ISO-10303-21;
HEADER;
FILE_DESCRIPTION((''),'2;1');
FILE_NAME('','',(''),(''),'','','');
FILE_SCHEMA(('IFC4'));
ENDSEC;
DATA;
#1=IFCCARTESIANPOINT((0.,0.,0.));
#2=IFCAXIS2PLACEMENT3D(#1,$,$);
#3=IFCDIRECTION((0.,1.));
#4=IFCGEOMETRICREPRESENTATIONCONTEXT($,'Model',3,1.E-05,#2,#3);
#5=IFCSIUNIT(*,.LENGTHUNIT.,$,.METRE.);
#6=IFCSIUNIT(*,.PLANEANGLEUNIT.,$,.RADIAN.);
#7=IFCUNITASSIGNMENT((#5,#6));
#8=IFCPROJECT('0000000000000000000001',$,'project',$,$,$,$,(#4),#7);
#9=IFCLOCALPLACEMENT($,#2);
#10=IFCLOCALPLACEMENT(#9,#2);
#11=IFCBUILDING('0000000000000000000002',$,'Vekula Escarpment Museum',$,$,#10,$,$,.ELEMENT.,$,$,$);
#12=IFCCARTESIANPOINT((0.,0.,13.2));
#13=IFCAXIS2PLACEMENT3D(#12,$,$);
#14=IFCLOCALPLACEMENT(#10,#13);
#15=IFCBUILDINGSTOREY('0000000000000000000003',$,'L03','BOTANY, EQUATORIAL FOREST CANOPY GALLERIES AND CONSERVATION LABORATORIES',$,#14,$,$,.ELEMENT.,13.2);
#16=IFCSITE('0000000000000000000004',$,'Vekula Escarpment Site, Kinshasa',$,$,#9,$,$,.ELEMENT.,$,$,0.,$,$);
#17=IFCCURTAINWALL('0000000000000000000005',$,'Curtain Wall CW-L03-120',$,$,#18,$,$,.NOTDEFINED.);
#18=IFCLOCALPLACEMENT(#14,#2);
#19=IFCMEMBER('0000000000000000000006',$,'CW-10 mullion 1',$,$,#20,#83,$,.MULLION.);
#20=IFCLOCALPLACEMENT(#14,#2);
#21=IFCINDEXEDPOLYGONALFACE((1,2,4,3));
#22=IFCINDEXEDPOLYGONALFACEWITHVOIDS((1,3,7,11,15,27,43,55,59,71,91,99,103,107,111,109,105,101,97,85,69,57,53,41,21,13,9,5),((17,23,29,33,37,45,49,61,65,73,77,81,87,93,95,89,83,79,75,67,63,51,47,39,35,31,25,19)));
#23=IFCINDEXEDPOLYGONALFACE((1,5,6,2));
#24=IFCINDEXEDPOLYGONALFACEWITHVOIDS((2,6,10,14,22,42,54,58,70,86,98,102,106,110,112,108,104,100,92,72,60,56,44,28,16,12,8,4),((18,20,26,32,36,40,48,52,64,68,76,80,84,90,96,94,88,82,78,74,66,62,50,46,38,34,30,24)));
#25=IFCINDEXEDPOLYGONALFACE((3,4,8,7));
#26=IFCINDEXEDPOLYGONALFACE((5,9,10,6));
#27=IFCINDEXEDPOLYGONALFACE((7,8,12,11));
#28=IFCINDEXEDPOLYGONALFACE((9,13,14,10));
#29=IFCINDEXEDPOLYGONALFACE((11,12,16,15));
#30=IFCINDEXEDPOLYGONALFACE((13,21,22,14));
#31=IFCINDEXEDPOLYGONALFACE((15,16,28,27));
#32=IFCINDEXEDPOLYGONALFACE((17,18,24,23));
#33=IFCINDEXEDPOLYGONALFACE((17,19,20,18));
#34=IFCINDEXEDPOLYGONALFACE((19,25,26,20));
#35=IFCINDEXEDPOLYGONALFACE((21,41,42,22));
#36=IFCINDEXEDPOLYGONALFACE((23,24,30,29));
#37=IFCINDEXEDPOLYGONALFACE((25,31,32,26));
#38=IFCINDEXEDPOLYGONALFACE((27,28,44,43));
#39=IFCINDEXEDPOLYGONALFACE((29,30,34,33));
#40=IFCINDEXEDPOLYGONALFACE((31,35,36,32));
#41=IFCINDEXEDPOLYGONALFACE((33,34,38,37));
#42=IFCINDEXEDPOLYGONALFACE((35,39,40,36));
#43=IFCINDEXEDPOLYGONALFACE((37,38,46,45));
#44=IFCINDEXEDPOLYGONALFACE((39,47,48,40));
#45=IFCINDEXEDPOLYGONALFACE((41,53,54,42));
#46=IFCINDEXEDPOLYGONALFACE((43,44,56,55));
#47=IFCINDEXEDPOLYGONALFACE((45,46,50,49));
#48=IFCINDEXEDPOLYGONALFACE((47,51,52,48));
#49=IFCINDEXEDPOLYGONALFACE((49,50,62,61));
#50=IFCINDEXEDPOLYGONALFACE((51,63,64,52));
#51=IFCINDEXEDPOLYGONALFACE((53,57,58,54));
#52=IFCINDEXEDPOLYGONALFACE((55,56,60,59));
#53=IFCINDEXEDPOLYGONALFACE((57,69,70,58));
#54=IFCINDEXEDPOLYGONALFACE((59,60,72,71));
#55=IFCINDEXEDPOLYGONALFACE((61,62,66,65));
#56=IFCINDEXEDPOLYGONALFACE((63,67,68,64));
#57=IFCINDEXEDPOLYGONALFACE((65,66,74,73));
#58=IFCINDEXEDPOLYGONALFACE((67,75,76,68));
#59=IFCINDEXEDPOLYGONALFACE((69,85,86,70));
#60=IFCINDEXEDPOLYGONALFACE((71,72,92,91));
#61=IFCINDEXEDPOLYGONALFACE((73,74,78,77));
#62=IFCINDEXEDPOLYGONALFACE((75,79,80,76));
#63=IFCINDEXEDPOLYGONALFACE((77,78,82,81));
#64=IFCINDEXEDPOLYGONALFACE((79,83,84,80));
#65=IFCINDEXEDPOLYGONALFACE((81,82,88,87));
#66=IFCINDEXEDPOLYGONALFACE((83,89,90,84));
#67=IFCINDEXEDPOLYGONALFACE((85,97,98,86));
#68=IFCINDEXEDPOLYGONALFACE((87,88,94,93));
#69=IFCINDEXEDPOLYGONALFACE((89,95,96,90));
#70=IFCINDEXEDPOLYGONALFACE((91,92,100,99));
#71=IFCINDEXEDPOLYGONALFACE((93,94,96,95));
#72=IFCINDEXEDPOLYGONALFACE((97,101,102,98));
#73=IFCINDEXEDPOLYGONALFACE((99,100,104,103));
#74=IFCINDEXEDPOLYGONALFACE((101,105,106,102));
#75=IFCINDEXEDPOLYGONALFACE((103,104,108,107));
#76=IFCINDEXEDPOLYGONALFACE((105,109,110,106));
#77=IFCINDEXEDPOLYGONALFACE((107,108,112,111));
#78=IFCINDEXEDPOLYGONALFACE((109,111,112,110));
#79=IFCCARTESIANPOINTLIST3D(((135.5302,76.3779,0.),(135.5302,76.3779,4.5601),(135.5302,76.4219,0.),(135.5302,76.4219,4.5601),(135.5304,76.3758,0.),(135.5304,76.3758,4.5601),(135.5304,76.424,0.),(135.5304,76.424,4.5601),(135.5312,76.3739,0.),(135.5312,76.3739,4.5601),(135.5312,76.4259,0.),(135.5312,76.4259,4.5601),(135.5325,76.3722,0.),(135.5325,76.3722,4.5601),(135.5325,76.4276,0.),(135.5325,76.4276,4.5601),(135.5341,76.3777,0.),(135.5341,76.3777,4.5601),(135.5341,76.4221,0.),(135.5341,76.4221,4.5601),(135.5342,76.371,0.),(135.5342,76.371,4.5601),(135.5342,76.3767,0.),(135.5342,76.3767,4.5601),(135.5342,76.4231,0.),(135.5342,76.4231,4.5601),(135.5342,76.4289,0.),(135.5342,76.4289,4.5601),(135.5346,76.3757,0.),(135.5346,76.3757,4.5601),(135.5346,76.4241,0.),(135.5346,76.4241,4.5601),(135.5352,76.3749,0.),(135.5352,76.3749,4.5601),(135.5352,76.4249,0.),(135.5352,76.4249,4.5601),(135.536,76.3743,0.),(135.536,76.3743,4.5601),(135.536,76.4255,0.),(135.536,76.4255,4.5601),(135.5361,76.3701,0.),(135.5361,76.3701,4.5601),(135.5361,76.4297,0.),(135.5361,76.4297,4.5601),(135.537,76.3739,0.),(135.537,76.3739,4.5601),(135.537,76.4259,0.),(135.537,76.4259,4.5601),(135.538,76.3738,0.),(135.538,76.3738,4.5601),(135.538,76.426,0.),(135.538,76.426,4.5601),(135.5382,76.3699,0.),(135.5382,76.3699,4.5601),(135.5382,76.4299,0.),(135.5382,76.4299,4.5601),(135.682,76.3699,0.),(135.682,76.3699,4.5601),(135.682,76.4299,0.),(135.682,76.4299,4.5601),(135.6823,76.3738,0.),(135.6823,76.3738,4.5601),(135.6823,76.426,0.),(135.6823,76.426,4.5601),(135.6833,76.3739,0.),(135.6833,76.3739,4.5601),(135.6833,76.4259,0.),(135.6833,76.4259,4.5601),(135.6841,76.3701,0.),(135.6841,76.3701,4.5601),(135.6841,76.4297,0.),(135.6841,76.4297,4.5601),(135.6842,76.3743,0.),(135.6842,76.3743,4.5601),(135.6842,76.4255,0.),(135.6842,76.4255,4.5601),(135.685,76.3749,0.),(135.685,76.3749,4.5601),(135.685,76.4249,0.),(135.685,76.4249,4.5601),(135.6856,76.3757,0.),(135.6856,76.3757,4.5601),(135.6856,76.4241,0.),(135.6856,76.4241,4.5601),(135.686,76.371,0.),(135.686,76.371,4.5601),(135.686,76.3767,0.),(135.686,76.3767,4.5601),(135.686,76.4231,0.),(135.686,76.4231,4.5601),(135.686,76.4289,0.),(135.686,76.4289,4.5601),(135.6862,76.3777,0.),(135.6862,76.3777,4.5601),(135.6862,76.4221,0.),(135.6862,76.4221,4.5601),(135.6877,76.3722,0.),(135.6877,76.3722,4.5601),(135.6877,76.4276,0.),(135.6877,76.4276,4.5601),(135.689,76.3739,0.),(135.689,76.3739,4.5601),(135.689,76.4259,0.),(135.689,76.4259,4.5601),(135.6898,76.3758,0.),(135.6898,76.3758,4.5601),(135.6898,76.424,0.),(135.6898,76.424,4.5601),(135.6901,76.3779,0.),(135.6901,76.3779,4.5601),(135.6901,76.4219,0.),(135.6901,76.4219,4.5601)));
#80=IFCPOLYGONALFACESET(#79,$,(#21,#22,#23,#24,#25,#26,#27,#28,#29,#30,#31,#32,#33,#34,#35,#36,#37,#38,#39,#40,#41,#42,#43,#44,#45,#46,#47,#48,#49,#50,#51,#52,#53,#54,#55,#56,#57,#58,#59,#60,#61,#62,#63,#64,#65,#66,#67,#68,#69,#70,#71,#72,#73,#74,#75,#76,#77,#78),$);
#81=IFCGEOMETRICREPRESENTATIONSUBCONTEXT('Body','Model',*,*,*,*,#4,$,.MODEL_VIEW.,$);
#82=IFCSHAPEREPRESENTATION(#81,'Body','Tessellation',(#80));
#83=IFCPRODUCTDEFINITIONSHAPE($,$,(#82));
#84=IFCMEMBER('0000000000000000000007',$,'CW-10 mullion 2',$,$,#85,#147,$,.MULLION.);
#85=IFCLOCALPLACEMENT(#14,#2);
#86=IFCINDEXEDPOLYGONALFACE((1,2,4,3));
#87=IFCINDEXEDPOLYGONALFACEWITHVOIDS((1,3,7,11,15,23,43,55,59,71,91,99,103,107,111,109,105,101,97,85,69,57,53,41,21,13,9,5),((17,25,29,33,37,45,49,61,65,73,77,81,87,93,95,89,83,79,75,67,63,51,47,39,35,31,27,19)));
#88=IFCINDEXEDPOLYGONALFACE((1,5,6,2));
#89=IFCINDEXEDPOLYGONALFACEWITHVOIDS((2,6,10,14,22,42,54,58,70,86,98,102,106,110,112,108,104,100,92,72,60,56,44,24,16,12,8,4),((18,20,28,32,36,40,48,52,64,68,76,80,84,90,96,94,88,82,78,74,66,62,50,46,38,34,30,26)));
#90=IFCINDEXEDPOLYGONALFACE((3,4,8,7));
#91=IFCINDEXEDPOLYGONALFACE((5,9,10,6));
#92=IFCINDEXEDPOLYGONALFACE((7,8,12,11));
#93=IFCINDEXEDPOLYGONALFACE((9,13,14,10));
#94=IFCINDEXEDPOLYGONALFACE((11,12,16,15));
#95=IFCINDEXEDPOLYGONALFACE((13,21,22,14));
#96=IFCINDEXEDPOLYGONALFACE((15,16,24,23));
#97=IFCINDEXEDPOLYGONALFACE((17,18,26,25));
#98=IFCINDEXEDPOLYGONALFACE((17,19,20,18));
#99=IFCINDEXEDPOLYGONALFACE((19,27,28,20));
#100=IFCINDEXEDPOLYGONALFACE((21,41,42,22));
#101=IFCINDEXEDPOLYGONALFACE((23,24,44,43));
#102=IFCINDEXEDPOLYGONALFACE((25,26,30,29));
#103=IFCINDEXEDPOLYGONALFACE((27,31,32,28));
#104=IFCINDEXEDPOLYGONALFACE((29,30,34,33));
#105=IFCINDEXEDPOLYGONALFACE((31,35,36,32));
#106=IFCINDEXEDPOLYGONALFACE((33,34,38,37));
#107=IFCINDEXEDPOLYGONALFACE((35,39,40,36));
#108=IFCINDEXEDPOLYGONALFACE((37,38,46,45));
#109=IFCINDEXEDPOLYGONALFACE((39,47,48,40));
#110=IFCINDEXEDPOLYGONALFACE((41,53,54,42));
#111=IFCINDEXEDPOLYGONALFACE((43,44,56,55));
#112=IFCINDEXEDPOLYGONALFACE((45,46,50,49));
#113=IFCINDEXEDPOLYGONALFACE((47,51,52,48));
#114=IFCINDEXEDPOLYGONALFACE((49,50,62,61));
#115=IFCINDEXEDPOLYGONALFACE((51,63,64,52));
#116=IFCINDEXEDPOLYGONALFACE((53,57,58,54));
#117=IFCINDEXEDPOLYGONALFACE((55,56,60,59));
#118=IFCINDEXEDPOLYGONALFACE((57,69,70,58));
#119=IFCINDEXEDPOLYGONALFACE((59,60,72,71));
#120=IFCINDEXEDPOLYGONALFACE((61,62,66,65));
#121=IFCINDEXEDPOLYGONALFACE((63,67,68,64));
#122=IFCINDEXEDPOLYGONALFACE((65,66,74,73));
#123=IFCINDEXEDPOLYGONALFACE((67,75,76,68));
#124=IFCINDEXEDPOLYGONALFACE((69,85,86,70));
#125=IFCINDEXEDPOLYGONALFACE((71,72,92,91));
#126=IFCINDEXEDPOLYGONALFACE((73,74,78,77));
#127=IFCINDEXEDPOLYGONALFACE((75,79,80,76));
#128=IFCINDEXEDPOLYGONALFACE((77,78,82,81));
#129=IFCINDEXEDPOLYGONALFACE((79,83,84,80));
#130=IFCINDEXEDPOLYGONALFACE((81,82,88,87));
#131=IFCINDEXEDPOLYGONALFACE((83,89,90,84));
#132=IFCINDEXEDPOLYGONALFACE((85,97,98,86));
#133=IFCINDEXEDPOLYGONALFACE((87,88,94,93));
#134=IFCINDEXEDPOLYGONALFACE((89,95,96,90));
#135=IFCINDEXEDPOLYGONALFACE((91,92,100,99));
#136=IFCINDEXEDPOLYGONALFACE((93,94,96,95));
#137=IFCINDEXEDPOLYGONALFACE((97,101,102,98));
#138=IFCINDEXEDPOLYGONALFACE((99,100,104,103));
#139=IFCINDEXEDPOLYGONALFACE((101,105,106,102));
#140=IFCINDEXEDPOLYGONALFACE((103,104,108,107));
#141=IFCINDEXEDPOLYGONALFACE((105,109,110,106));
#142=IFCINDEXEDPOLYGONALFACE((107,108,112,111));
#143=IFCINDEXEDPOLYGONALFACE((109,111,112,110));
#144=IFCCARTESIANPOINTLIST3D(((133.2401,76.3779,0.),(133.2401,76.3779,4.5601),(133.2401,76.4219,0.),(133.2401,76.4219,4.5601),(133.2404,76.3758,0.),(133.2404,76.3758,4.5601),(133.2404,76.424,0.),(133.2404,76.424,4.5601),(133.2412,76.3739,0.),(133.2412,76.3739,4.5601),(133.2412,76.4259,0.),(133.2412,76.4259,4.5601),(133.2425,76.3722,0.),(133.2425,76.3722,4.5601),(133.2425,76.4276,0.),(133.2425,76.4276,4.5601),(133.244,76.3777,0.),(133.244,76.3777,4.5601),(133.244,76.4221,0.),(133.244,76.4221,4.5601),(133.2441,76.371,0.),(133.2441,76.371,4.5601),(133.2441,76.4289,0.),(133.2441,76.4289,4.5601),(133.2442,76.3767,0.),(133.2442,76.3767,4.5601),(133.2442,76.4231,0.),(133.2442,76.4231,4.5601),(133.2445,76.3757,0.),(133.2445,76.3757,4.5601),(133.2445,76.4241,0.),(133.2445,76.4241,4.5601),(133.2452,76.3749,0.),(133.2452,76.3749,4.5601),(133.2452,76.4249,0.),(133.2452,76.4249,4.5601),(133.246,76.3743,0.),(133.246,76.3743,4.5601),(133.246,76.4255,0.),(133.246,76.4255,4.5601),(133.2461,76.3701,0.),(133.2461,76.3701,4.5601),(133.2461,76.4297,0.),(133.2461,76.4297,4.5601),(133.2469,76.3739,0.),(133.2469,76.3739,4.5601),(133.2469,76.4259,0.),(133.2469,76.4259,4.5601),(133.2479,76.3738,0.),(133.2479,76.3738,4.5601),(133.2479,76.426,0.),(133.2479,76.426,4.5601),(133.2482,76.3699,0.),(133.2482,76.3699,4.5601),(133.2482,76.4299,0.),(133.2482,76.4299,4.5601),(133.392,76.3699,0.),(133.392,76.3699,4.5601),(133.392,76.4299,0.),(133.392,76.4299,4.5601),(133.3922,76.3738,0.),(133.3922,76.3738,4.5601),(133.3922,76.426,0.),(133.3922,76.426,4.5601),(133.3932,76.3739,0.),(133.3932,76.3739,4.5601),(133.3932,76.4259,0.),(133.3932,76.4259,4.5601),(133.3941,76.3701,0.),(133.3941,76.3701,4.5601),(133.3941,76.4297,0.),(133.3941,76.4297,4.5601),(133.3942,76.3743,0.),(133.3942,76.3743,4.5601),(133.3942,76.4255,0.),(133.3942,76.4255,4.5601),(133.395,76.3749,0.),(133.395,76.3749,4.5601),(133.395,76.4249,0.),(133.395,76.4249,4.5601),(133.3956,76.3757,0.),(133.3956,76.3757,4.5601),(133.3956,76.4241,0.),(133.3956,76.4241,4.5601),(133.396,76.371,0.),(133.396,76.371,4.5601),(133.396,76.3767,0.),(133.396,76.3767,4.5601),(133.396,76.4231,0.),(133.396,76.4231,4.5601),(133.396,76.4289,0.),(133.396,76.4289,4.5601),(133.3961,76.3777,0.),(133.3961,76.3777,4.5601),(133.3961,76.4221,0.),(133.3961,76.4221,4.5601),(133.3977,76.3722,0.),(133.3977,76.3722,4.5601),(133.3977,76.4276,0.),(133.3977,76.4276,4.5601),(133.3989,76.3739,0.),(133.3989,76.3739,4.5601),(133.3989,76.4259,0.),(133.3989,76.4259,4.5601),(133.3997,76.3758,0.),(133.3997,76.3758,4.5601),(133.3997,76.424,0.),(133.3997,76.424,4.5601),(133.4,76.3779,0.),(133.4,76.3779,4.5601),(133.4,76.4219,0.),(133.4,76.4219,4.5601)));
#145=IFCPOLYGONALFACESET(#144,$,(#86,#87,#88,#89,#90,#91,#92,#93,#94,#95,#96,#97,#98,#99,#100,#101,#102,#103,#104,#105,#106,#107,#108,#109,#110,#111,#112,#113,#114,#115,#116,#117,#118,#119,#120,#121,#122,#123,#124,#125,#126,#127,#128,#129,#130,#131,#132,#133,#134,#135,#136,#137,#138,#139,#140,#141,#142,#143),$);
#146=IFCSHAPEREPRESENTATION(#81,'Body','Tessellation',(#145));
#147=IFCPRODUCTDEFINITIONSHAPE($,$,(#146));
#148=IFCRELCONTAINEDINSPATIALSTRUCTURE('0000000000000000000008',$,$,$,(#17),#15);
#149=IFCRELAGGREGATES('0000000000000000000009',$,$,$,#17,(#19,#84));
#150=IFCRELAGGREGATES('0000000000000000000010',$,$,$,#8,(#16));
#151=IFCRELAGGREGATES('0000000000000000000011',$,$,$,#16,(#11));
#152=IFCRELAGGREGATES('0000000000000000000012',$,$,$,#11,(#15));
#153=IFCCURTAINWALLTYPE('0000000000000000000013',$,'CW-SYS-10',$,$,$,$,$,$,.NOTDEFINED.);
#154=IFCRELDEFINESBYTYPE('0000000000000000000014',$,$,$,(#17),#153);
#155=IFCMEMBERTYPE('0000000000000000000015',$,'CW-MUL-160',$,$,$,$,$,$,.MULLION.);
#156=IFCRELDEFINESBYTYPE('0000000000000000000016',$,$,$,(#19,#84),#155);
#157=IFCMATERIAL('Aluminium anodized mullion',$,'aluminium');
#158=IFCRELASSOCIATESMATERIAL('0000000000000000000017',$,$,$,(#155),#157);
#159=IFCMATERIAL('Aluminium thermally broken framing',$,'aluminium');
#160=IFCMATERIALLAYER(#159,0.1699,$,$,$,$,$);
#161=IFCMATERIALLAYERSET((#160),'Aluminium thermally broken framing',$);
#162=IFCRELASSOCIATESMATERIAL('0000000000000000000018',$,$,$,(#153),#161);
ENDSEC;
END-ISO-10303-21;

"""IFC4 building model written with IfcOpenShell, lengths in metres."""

from ifc_helpers import new_model, si_unit, direction, frame, origin, origin_2d, place, context, subcontext, project, spatial, hollow_rectangle, extrude, material, layer, layer_set, material_profile, profile_set, type_object, element, aggregate, save


model = new_model("IFC4")

# Units and contexts
model_context = context("Model", 3, precision=1e-05, world=origin(), true_north=direction((0.0, 1.0)))
body_context = subcontext(model_context, "Body", "Model", "MODEL_VIEW")
ifc_project = project(units=[si_unit("LENGTHUNIT", "METRE"), si_unit("PLANEANGLEUNIT", "RADIAN")], contexts=[model_context])

# Site, building, storey
site_placement = place(None, origin())
site = spatial("IfcSite", under=ifc_project, at=site_placement, Name="Vekula Escarpment Site, Kinshasa", CompositionType="ELEMENT", RefElevation=0.0)
building_placement = place(site_placement, origin())
building = spatial("IfcBuilding", under=site, at=building_placement, Name="Vekula Escarpment Museum", CompositionType="ELEMENT")
storey_placement = place(building_placement, frame((0.0, 0.0, 13.2)))
storey = spatial("IfcBuildingStorey", under=building, at=storey_placement, Name="L03", Description="BOTANY, EQUATORIAL FOREST CANOPY GALLERIES AND CONSERVATION LABORATORIES", CompositionType="ELEMENT", Elevation=13.2)

# Shared definitions
ifc_material_1 = material(Name="Aluminium anodized mullion", Category="aluminium")
ifc_material_profile_1 = material_profile(ifc_material_1, hollow_rectangle(XDim=0.0601, YDim=0.1599, WallThickness=0.0039, InnerFilletRadius=0.0039, OuterFilletRadius=0.0081, at=origin_2d()), Name="ALU 160x60x4")
ifc_profile_set_1 = profile_set([ifc_material_profile_1], Name="Aluminium anodized mullion")
member_type_1 = type_object("IfcMemberType", Name="CW-MUL-160", PredefinedType="MULLION", material=ifc_profile_set_1)

# Curtain wall, members
ifc_material_2 = material(Name="Aluminium thermally broken framing", Category="aluminium")
ifc_layer_1 = layer(ifc_material_2, 0.1699)
ifc_layer_set_1 = layer_set([ifc_layer_1], Name="Aluminium thermally broken framing")
curtain_wall_type_1 = type_object("IfcCurtainWallType", Name="CW-SYS-10", PredefinedType="NOTDEFINED", material=ifc_layer_set_1)
curtain_wall_1_placement = place(storey_placement, origin())
curtain_wall_1 = element("IfcCurtainWall", 1, at=curtain_wall_1_placement, inside=storey, type_object=curtain_wall_type_1, Name="Curtain Wall CW-L03-120", PredefinedType="NOTDEFINED")
member_1_placement = place(storey_placement, frame((135.6101, 76.3999, 0.0), z_axis=(0.0, 0.0, 1.0), x_axis=(0.0, -1.0, 0.0)))
member_1 = element("IfcMember", 2, at=member_1_placement, type_object=member_type_1, Name="CW-10 mullion 1", PredefinedType="MULLION", context=body_context, shape_type="SweptSolid", body=[
    extrude(hollow_rectangle(XDim=0.0601, YDim=0.1599, WallThickness=0.0039, InnerFilletRadius=0.0039, OuterFilletRadius=0.0081, at=origin_2d()), origin(), (0.0, 0.0, 1.0), 4.5601),
])
member_2_placement = place(storey_placement, frame((133.3201, 76.3999, 0.0), z_axis=(0.0, 0.0, 1.0), x_axis=(0.0, -1.0, 0.0)))
member_2 = element("IfcMember", 3, at=member_2_placement, type_object=member_type_1, Name="CW-10 mullion 2", PredefinedType="MULLION", context=body_context, shape_type="SweptSolid", body=[
    extrude(hollow_rectangle(XDim=0.0601, YDim=0.1599, WallThickness=0.0039, InnerFilletRadius=0.0039, OuterFilletRadius=0.0081, at=origin_2d()), origin(), (0.0, 0.0, 1.0), 4.5601),
])

aggregate(curtain_wall_1, [member_1, member_2])

save(model, "model.ifc")
